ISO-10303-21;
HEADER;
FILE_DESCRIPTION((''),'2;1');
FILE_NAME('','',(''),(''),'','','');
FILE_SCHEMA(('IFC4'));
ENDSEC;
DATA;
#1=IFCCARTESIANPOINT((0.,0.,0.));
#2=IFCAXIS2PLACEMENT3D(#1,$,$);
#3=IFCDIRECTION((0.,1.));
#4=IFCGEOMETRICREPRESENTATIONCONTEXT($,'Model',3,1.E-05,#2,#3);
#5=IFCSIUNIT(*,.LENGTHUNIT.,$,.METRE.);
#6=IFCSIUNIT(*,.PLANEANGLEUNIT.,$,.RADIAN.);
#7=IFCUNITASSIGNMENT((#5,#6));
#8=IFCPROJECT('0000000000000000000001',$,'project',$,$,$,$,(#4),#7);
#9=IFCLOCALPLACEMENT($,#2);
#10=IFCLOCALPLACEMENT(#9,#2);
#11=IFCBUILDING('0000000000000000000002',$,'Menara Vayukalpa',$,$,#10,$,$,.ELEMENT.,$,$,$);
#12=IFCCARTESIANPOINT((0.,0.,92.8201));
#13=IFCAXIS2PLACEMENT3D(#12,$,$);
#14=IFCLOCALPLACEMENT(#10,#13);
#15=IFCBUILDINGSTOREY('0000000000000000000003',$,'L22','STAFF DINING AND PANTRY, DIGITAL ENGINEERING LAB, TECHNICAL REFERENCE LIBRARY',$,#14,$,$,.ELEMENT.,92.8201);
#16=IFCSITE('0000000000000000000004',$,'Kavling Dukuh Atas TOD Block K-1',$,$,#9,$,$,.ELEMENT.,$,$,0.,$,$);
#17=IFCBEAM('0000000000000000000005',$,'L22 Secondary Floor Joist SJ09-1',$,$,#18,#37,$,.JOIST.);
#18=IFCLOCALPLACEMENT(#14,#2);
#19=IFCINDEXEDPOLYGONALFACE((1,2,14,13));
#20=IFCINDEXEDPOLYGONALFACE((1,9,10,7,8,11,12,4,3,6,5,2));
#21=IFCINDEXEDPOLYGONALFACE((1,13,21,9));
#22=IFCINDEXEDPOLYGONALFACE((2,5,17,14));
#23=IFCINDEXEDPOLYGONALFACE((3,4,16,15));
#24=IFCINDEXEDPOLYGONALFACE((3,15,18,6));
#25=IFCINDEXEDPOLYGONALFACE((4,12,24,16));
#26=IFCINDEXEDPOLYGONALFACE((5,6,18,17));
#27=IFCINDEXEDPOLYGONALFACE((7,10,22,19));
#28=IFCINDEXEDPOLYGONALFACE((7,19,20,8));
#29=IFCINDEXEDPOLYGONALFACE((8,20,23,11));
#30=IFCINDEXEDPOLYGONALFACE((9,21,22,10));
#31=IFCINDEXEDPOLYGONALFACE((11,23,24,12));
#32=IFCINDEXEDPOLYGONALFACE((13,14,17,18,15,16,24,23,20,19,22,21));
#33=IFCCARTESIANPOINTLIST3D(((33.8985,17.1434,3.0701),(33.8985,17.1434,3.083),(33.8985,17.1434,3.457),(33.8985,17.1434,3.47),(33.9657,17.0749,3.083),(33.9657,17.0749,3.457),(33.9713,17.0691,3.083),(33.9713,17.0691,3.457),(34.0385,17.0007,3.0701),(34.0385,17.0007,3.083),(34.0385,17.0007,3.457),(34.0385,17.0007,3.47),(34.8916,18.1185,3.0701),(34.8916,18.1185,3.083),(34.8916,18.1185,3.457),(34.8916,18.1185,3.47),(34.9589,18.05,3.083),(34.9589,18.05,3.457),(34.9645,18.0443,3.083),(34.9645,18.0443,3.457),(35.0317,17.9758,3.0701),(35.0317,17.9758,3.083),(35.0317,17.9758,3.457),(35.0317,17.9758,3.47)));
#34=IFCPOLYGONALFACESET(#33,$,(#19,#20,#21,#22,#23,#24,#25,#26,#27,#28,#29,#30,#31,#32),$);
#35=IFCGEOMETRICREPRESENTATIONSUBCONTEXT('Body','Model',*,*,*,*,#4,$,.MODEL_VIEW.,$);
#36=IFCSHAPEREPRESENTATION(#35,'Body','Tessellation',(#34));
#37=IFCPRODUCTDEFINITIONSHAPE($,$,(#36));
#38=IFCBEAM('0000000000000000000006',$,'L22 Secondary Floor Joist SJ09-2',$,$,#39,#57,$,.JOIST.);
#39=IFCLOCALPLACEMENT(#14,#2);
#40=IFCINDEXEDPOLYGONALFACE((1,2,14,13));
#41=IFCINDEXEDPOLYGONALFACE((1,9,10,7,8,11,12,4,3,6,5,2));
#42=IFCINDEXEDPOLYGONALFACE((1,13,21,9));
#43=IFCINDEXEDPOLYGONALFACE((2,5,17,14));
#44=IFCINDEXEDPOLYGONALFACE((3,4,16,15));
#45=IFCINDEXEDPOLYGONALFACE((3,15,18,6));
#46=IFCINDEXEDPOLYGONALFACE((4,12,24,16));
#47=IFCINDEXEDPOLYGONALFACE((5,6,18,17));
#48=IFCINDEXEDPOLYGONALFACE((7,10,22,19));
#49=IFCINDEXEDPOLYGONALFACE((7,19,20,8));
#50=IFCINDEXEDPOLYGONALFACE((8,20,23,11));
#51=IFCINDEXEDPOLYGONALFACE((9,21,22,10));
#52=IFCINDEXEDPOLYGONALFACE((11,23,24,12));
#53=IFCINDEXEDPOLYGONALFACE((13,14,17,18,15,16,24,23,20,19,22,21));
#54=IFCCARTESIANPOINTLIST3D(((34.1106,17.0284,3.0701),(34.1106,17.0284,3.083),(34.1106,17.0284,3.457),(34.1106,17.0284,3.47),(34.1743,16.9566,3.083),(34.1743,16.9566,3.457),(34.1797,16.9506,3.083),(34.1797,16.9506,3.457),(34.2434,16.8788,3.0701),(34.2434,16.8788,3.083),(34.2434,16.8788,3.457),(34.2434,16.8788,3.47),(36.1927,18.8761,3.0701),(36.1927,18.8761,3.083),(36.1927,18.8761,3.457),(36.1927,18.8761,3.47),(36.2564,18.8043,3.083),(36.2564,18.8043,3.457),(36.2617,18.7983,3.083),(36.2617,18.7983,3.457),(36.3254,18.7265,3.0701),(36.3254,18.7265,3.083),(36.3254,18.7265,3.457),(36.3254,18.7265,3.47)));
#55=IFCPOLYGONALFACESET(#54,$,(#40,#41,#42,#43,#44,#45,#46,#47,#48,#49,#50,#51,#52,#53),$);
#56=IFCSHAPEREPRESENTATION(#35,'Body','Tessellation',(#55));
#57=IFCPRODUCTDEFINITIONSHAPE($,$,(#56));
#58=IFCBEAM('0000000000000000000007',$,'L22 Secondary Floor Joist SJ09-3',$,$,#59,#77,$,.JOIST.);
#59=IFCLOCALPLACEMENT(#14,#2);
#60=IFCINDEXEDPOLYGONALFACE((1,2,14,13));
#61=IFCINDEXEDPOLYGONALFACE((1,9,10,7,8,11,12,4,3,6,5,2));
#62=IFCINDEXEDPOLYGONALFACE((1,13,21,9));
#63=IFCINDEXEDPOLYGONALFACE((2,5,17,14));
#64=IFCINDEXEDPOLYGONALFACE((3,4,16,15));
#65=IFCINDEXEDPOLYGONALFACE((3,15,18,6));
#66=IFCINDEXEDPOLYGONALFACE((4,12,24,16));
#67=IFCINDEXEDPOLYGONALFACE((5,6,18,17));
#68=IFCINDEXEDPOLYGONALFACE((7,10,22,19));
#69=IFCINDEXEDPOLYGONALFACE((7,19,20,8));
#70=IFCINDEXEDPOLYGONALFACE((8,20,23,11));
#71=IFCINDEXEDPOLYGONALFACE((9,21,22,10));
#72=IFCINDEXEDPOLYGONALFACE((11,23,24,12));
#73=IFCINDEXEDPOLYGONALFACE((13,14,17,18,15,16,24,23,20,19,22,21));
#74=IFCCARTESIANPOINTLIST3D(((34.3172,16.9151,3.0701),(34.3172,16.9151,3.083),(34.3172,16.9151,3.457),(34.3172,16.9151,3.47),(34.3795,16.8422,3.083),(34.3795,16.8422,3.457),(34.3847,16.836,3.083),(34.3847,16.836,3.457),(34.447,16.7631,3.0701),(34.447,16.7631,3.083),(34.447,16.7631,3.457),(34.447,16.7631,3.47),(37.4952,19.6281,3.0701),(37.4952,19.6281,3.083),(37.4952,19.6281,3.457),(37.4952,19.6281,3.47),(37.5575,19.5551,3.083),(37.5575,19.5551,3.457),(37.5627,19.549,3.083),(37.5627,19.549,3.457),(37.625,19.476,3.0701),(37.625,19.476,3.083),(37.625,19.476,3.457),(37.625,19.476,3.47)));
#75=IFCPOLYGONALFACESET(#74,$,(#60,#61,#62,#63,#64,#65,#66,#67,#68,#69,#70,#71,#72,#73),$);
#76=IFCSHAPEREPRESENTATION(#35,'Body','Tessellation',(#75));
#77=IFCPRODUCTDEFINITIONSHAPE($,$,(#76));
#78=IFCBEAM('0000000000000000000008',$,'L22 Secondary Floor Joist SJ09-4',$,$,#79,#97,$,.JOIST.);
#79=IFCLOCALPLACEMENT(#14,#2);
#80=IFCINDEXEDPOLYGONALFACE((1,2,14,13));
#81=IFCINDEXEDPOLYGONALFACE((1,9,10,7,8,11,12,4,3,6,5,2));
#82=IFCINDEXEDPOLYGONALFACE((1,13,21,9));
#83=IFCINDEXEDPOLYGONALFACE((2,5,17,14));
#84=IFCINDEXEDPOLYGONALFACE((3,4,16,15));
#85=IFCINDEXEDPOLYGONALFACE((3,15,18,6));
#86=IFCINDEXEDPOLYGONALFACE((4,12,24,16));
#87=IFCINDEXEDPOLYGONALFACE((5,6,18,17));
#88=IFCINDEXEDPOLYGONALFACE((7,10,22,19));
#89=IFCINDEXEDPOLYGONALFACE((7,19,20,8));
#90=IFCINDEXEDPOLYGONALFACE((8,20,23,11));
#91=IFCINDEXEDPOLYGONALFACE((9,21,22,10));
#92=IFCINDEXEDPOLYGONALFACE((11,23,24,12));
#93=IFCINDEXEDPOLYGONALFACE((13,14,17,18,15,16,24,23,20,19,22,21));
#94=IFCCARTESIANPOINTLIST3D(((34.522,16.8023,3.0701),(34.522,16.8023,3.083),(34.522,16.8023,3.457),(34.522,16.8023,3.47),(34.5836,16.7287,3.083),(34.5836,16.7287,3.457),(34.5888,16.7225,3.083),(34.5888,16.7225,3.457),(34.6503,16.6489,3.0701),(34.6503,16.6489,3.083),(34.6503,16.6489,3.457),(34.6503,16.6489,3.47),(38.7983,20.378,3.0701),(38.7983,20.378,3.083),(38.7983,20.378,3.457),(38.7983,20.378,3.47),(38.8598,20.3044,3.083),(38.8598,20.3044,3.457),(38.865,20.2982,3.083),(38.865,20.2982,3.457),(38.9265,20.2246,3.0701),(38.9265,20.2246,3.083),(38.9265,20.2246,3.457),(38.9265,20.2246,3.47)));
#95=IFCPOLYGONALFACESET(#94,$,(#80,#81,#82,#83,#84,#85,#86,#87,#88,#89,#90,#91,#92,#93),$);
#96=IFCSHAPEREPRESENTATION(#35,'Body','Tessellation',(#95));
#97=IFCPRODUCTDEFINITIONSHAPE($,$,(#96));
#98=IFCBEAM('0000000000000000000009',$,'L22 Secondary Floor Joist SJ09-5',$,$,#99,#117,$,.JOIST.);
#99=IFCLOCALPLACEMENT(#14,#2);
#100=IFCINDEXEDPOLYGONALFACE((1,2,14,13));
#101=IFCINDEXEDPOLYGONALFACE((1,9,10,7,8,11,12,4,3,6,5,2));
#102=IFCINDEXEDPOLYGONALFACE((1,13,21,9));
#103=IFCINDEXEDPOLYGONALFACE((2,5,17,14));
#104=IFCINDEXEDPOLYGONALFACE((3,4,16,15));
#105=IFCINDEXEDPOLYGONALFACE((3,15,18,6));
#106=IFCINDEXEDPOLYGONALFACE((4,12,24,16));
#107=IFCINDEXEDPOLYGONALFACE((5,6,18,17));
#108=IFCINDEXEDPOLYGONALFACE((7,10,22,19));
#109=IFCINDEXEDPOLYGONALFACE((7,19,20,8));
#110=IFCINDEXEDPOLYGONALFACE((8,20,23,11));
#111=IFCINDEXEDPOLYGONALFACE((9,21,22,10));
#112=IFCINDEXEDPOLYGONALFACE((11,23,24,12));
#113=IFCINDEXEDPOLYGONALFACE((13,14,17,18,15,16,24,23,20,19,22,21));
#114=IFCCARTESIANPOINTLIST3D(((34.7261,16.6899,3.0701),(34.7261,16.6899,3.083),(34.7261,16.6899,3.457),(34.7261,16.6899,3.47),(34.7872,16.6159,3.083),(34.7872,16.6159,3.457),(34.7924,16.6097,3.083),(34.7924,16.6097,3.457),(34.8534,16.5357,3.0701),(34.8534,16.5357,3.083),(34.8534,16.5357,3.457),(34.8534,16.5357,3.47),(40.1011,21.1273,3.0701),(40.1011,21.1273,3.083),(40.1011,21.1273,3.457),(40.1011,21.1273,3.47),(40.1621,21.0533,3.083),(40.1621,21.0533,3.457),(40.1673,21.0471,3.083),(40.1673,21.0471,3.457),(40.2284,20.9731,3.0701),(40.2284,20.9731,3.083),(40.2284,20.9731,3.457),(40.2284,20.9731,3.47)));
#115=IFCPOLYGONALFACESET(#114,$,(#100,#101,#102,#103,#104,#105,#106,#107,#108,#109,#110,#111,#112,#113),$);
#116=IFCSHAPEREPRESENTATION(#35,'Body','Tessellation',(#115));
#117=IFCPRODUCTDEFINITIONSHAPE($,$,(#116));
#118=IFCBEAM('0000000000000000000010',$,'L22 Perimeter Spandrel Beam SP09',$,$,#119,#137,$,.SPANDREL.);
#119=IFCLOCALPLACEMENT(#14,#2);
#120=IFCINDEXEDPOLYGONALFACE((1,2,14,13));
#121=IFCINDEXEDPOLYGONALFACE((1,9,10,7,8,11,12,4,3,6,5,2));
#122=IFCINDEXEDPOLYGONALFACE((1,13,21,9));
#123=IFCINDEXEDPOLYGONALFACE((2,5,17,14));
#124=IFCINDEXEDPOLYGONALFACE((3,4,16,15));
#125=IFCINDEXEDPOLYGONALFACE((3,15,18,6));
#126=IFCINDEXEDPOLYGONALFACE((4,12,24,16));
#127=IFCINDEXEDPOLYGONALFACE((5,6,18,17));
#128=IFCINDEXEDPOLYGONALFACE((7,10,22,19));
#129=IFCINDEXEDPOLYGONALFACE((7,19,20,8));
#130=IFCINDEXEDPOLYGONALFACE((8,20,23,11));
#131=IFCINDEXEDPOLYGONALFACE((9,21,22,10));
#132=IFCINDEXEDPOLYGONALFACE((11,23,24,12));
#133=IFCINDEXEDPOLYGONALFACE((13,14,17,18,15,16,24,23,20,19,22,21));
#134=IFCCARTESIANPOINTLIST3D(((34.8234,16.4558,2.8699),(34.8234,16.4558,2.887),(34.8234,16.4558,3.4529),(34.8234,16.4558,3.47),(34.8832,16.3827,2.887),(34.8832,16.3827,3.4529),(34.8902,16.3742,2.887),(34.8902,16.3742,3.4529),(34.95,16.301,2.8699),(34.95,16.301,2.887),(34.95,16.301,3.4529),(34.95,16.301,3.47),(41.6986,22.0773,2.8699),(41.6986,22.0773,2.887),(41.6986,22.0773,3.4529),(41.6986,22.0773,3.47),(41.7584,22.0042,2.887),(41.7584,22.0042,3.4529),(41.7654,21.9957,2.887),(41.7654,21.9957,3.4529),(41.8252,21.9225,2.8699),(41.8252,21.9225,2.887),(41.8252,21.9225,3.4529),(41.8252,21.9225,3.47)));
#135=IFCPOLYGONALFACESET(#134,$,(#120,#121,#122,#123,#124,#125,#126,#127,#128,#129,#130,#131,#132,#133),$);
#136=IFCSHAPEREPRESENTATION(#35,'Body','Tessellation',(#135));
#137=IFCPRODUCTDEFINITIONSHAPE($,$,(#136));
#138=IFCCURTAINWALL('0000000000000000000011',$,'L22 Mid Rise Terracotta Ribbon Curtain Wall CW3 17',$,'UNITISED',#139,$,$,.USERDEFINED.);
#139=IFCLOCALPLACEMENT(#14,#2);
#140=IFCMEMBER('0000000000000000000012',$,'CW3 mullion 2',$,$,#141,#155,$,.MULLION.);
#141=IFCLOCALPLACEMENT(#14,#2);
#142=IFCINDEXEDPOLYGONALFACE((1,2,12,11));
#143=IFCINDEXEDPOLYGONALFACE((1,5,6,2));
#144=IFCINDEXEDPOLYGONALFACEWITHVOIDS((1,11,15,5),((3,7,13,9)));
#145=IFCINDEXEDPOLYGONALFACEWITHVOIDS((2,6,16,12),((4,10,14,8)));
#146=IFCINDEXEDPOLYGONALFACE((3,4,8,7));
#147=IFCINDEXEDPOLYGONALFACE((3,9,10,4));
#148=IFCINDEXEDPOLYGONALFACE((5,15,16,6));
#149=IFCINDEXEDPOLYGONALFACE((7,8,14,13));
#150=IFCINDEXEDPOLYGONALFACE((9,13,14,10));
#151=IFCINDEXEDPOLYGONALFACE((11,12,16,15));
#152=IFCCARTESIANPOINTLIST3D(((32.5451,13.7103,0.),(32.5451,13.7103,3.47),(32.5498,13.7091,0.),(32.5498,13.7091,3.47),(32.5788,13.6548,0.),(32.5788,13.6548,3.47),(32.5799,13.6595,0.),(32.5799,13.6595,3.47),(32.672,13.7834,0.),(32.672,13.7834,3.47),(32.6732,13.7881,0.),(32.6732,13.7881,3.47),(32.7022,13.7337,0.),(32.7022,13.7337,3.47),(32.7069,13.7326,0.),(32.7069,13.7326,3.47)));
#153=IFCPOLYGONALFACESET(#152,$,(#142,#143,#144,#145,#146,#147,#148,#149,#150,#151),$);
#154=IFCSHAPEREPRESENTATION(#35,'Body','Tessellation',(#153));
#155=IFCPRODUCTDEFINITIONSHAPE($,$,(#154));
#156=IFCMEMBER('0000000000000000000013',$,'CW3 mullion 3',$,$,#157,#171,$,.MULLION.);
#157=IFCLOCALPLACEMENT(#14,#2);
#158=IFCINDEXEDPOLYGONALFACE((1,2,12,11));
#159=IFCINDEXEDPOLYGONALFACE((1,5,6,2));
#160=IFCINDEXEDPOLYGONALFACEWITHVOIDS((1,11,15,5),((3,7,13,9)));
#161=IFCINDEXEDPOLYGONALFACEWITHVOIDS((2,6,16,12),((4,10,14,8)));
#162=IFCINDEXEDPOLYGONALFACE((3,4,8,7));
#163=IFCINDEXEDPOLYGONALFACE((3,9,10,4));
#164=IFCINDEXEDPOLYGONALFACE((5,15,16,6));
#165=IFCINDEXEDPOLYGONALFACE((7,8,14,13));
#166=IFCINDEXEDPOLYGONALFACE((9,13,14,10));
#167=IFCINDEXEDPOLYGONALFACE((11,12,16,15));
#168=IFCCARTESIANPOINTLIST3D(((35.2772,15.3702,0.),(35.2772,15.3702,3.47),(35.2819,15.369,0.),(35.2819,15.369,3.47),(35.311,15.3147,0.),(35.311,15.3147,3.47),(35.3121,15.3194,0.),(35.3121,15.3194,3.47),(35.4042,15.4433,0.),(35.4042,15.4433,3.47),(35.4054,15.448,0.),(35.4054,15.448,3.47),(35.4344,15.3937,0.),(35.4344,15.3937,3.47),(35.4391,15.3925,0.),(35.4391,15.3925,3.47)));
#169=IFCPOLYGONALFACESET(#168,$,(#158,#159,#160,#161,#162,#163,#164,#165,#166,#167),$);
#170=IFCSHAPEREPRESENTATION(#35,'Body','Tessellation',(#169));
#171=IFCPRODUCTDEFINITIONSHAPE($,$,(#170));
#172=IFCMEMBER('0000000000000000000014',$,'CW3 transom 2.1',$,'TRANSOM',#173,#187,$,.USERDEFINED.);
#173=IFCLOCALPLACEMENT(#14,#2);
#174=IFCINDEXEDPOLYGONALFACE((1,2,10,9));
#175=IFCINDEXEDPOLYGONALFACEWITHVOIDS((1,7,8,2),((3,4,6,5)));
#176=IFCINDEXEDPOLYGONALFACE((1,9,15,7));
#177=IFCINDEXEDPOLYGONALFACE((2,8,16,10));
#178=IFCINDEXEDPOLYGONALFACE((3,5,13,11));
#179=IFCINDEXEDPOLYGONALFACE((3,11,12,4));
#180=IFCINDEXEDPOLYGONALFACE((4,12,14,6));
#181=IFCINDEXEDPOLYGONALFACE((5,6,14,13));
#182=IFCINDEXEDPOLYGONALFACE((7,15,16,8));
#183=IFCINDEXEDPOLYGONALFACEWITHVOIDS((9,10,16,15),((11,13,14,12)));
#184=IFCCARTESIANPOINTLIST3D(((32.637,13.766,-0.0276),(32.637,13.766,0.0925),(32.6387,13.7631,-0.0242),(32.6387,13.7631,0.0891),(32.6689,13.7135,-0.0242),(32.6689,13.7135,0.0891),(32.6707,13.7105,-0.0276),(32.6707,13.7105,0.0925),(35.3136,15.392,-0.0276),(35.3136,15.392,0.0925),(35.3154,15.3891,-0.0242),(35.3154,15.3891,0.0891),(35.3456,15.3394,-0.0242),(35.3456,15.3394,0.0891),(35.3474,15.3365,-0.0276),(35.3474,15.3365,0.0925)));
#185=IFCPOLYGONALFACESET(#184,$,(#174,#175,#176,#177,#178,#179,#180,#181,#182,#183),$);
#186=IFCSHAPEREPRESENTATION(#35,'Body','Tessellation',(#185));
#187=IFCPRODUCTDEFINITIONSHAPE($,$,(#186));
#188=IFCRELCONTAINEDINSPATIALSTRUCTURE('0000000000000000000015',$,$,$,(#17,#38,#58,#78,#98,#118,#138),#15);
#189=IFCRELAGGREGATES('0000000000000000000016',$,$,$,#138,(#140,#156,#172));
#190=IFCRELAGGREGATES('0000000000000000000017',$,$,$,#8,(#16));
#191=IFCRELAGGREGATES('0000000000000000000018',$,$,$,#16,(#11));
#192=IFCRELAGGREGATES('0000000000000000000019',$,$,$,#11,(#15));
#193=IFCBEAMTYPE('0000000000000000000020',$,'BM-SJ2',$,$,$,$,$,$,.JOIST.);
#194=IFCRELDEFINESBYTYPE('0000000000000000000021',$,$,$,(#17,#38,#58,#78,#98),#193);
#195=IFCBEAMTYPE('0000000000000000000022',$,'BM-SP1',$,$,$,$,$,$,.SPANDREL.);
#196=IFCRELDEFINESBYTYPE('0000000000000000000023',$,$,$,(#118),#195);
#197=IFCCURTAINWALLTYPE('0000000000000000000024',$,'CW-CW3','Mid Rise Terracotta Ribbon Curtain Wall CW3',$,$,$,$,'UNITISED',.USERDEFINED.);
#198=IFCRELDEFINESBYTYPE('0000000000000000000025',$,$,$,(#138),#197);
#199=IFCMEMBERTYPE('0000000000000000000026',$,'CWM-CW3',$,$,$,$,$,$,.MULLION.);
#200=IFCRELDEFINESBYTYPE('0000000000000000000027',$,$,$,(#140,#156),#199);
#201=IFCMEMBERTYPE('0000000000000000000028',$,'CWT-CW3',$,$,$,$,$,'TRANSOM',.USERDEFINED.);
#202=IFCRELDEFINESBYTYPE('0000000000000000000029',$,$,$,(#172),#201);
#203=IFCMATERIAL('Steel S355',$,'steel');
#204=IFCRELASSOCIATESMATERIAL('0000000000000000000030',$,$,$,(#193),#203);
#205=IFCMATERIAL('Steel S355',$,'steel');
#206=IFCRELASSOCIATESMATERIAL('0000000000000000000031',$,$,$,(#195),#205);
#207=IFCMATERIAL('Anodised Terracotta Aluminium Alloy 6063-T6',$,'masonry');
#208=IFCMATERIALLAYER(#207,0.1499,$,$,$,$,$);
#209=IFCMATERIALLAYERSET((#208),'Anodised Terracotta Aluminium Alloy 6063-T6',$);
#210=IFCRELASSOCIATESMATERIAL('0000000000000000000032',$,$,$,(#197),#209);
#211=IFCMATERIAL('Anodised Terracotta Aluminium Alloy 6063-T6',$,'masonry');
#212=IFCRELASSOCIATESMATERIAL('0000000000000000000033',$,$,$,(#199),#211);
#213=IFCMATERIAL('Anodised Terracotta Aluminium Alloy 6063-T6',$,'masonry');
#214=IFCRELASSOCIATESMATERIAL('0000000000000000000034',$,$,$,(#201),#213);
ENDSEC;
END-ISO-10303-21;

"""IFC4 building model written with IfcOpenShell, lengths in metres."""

from ifc_helpers import new_model, si_unit, direction, frame, origin, origin_2d, place, context, subcontext, project, spatial, hollow_rectangle, i_section, extrude, material, layer, layer_set, material_profile, profile_set, type_object, element, aggregate, save


model = new_model("IFC4")

# Units and contexts
model_context = context("Model", 3, precision=1e-05, world=origin(), true_north=direction((0.0, 1.0)))
body_context = subcontext(model_context, "Body", "Model", "MODEL_VIEW")
ifc_project = project(units=[si_unit("LENGTHUNIT", "METRE"), si_unit("PLANEANGLEUNIT", "RADIAN")], contexts=[model_context])

# Site, building, storey
site_placement = place(None, origin())
site = spatial("IfcSite", under=ifc_project, at=site_placement, Name="Kavling Dukuh Atas TOD Block K-1", CompositionType="ELEMENT", RefElevation=0.0)
building_placement = place(site_placement, origin())
building = spatial("IfcBuilding", under=site, at=building_placement, Name="Menara Vayukalpa", CompositionType="ELEMENT")
storey_placement = place(building_placement, frame((0.0, 0.0, 92.8201)))
storey = spatial("IfcBuildingStorey", under=building, at=storey_placement, Name="L22", Description="STAFF DINING AND PANTRY, DIGITAL ENGINEERING LAB, TECHNICAL REFERENCE LIBRARY", CompositionType="ELEMENT", Elevation=92.8201)

# Beams
ifc_material_1 = material(Name="Steel S355", Category="steel")
ifc_material_profile_1 = material_profile(ifc_material_1, i_section(OverallWidth=0.2, OverallDepth=0.3999, WebThickness=0.0081, FlangeThickness=0.0129, at=origin_2d()), Name="WF 400x200x8x13")
ifc_profile_set_1 = profile_set([ifc_material_profile_1], Name="Steel S355")
beam_type_1 = type_object("IfcBeamType", Name="BM-SJ2", PredefinedType="JOIST", material=ifc_profile_set_1)
beam_1_placement = place(storey_placement, frame((33.9685, 17.072, 3.27), z_axis=(0.713567, 0.700587, 0.0), x_axis=(-0.700587, 0.713567, 0.0)))
element("IfcBeam", 1, at=beam_1_placement, inside=storey, type_object=beam_type_1, Name="L22 Secondary Floor Joist SJ09-1", PredefinedType="JOIST", context=body_context, shape_type="SweptSolid", body=[
    extrude(i_section(OverallWidth=0.2, OverallDepth=0.3999, WebThickness=0.0081, FlangeThickness=0.0129, at=origin_2d()), origin(), (0.0, 0.0, 1.0), 1.3918),
])
beam_2_placement = place(storey_placement, frame((34.177, 16.9536, 3.27), z_axis=(0.747951, 0.663754, 0.0), x_axis=(-0.663754, 0.747951, 0.0)))
element("IfcBeam", 2, at=beam_2_placement, inside=storey, type_object=beam_type_1, Name="L22 Secondary Floor Joist SJ09-2", PredefinedType="JOIST", context=body_context, shape_type="SweptSolid", body=[
    extrude(i_section(OverallWidth=0.2, OverallDepth=0.3999, WebThickness=0.0081, FlangeThickness=0.0129, at=origin_2d()), origin(), (0.0, 0.0, 1.0), 2.7837),
])
beam_3_placement = place(storey_placement, frame((34.3821, 16.8391, 3.27), z_axis=(0.760567, 0.64926, 0.0), x_axis=(-0.64926, 0.760567, 0.0)))
element("IfcBeam", 3, at=beam_3_placement, inside=storey, type_object=beam_type_1, Name="L22 Secondary Floor Joist SJ09-3", PredefinedType="JOIST", context=body_context, shape_type="SweptSolid", body=[
    extrude(i_section(OverallWidth=0.2, OverallDepth=0.3999, WebThickness=0.0081, FlangeThickness=0.0129, at=origin_2d()), origin(), (0.0, 0.0, 1.0), 4.1785),
])
beam_4_placement = place(storey_placement, frame((34.5862, 16.7256, 3.27), z_axis=(0.76714, 0.64148, 0.0), x_axis=(-0.64148, 0.76714, 0.0)))
element("IfcBeam", 4, at=beam_4_placement, inside=storey, type_object=beam_type_1, Name="L22 Secondary Floor Joist SJ09-4", PredefinedType="JOIST", context=body_context, shape_type="SweptSolid", body=[
    extrude(i_section(OverallWidth=0.2, OverallDepth=0.3999, WebThickness=0.0081, FlangeThickness=0.0129, at=origin_2d()), origin(), (0.0, 0.0, 1.0), 5.5742),
])
beam_5_placement = place(storey_placement, frame((34.7898, 16.6128, 3.27), z_axis=(0.771153, 0.63665, 0.0), x_axis=(-0.63665, 0.771153, 0.0)))
element("IfcBeam", 5, at=beam_5_placement, inside=storey, type_object=beam_type_1, Name="L22 Secondary Floor Joist SJ09-5", PredefinedType="JOIST", context=body_context, shape_type="SweptSolid", body=[
    extrude(i_section(OverallWidth=0.2, OverallDepth=0.3999, WebThickness=0.0081, FlangeThickness=0.0129, at=origin_2d()), origin(), (0.0, 0.0, 1.0), 6.97),
])
ifc_material_2 = material(Name="Steel S355", Category="steel")
ifc_material_profile_2 = material_profile(ifc_material_2, i_section(OverallWidth=0.2, OverallDepth=0.6001, WebThickness=0.011, FlangeThickness=0.0171, at=origin_2d()), Name="WF 600x200x11x17")
ifc_profile_set_2 = profile_set([ifc_material_profile_2], Name="Steel S355")
beam_type_2 = type_object("IfcBeamType", Name="BM-SP1", PredefinedType="SPANDREL", material=ifc_profile_set_2)
beam_6_placement = place(storey_placement, frame((34.8867, 16.3784, 3.1699), z_axis=(0.774157, 0.632994, 0.0), x_axis=(-0.632994, 0.774157, 0.0)))
element("IfcBeam", 6, at=beam_6_placement, inside=storey, type_object=beam_type_2, Name="L22 Perimeter Spandrel Beam SP09", PredefinedType="SPANDREL", context=body_context, shape_type="SweptSolid", body=[
    extrude(i_section(OverallWidth=0.2, OverallDepth=0.6001, WebThickness=0.011, FlangeThickness=0.0171, at=origin_2d()), origin(), (0.0, 0.0, 1.0), 8.8809),
])

# Curtain wall, members
ifc_material_3 = material(Name="Anodised Terracotta Aluminium Alloy 6063-T6", Category="masonry")
ifc_layer_1 = layer(ifc_material_3, 0.1499)
ifc_layer_set_1 = layer_set([ifc_layer_1], Name="Anodised Terracotta Aluminium Alloy 6063-T6")
curtain_wall_type = type_object("IfcCurtainWallType", Name="CW-CW3", Description="Mid Rise Terracotta Ribbon Curtain Wall CW3", ElementType="UNITISED", PredefinedType="USERDEFINED", material=ifc_layer_set_1)
curtain_wall_placement = place(storey_placement, origin())
curtain_wall = element("IfcCurtainWall", 7, at=curtain_wall_placement, inside=storey, type_object=curtain_wall_type, Name="L22 Mid Rise Terracotta Ribbon Curtain Wall CW3 17", ObjectType="UNITISED", PredefinedType="USERDEFINED")
ifc_material_4 = material(Name="Anodised Terracotta Aluminium Alloy 6063-T6", Category="masonry")
ifc_material_profile_3 = material_profile(ifc_material_4, hollow_rectangle(XDim=0.0649, YDim=0.1499, WallThickness=0.0034, at=origin_2d()), Name="ALU 65x150x3.5")
ifc_profile_set_3 = profile_set([ifc_material_profile_3], Name="Anodised Terracotta Aluminium Alloy 6063-T6")
member_type_1 = type_object("IfcMemberType", Name="CWM-CW3", PredefinedType="MULLION", material=ifc_profile_set_3)
member_1_placement = place(storey_placement, frame((32.626, 13.7214, 0.0), z_axis=(0.0, 0.0, 1.0), x_axis=(-0.519183, 0.854663, 0.0)))
member_1 = element("IfcMember", 8, at=member_1_placement, type_object=member_type_1, Name="CW3 mullion 2", PredefinedType="MULLION", context=body_context, shape_type="SweptSolid", body=[
    extrude(hollow_rectangle(XDim=0.0649, YDim=0.1499, WallThickness=0.0034, at=origin_2d()), origin(), (0.0, 0.0, 1.0), 3.47),
])
member_2_placement = place(storey_placement, frame((35.3582, 15.3813, 0.0), z_axis=(0.0, 0.0, 1.0), x_axis=(-0.519183, 0.854663, 0.0)))
member_2 = element("IfcMember", 9, at=member_2_placement, type_object=member_type_1, Name="CW3 mullion 3", PredefinedType="MULLION", context=body_context, shape_type="SweptSolid", body=[
    extrude(hollow_rectangle(XDim=0.0649, YDim=0.1499, WallThickness=0.0034, at=origin_2d()), origin(), (0.0, 0.0, 1.0), 3.47),
])
ifc_material_5 = material(Name="Anodised Terracotta Aluminium Alloy 6063-T6", Category="masonry")
ifc_material_profile_4 = material_profile(ifc_material_5, hollow_rectangle(XDim=0.0649, YDim=0.1201, WallThickness=0.0034, at=origin_2d()), Name="ALU 65x120x3.5")
ifc_profile_set_4 = profile_set([ifc_material_profile_4], Name="Anodised Terracotta Aluminium Alloy 6063-T6")
member_type_2 = type_object("IfcMemberType", Name="CWT-CW3", ElementType="TRANSOM", PredefinedType="USERDEFINED", material=ifc_profile_set_4)
member_3_placement = place(storey_placement, frame((32.6538, 13.7383, 0.0325), z_axis=(0.854674, 0.519165, 0.0), x_axis=(-0.519165, 0.854674, 0.0)))
member_3 = element("IfcMember", 10, at=member_3_placement, type_object=member_type_2, Name="CW3 transom 2.1", ObjectType="TRANSOM", PredefinedType="USERDEFINED", context=body_context, shape_type="SweptSolid", body=[
    extrude(hollow_rectangle(XDim=0.0649, YDim=0.1201, WallThickness=0.0034, at=origin_2d()), origin(), (0.0, 0.0, 1.0), 3.1318),
])
aggregate(curtain_wall, [member_1, member_2, member_3])

save(model, "model.ifc")
